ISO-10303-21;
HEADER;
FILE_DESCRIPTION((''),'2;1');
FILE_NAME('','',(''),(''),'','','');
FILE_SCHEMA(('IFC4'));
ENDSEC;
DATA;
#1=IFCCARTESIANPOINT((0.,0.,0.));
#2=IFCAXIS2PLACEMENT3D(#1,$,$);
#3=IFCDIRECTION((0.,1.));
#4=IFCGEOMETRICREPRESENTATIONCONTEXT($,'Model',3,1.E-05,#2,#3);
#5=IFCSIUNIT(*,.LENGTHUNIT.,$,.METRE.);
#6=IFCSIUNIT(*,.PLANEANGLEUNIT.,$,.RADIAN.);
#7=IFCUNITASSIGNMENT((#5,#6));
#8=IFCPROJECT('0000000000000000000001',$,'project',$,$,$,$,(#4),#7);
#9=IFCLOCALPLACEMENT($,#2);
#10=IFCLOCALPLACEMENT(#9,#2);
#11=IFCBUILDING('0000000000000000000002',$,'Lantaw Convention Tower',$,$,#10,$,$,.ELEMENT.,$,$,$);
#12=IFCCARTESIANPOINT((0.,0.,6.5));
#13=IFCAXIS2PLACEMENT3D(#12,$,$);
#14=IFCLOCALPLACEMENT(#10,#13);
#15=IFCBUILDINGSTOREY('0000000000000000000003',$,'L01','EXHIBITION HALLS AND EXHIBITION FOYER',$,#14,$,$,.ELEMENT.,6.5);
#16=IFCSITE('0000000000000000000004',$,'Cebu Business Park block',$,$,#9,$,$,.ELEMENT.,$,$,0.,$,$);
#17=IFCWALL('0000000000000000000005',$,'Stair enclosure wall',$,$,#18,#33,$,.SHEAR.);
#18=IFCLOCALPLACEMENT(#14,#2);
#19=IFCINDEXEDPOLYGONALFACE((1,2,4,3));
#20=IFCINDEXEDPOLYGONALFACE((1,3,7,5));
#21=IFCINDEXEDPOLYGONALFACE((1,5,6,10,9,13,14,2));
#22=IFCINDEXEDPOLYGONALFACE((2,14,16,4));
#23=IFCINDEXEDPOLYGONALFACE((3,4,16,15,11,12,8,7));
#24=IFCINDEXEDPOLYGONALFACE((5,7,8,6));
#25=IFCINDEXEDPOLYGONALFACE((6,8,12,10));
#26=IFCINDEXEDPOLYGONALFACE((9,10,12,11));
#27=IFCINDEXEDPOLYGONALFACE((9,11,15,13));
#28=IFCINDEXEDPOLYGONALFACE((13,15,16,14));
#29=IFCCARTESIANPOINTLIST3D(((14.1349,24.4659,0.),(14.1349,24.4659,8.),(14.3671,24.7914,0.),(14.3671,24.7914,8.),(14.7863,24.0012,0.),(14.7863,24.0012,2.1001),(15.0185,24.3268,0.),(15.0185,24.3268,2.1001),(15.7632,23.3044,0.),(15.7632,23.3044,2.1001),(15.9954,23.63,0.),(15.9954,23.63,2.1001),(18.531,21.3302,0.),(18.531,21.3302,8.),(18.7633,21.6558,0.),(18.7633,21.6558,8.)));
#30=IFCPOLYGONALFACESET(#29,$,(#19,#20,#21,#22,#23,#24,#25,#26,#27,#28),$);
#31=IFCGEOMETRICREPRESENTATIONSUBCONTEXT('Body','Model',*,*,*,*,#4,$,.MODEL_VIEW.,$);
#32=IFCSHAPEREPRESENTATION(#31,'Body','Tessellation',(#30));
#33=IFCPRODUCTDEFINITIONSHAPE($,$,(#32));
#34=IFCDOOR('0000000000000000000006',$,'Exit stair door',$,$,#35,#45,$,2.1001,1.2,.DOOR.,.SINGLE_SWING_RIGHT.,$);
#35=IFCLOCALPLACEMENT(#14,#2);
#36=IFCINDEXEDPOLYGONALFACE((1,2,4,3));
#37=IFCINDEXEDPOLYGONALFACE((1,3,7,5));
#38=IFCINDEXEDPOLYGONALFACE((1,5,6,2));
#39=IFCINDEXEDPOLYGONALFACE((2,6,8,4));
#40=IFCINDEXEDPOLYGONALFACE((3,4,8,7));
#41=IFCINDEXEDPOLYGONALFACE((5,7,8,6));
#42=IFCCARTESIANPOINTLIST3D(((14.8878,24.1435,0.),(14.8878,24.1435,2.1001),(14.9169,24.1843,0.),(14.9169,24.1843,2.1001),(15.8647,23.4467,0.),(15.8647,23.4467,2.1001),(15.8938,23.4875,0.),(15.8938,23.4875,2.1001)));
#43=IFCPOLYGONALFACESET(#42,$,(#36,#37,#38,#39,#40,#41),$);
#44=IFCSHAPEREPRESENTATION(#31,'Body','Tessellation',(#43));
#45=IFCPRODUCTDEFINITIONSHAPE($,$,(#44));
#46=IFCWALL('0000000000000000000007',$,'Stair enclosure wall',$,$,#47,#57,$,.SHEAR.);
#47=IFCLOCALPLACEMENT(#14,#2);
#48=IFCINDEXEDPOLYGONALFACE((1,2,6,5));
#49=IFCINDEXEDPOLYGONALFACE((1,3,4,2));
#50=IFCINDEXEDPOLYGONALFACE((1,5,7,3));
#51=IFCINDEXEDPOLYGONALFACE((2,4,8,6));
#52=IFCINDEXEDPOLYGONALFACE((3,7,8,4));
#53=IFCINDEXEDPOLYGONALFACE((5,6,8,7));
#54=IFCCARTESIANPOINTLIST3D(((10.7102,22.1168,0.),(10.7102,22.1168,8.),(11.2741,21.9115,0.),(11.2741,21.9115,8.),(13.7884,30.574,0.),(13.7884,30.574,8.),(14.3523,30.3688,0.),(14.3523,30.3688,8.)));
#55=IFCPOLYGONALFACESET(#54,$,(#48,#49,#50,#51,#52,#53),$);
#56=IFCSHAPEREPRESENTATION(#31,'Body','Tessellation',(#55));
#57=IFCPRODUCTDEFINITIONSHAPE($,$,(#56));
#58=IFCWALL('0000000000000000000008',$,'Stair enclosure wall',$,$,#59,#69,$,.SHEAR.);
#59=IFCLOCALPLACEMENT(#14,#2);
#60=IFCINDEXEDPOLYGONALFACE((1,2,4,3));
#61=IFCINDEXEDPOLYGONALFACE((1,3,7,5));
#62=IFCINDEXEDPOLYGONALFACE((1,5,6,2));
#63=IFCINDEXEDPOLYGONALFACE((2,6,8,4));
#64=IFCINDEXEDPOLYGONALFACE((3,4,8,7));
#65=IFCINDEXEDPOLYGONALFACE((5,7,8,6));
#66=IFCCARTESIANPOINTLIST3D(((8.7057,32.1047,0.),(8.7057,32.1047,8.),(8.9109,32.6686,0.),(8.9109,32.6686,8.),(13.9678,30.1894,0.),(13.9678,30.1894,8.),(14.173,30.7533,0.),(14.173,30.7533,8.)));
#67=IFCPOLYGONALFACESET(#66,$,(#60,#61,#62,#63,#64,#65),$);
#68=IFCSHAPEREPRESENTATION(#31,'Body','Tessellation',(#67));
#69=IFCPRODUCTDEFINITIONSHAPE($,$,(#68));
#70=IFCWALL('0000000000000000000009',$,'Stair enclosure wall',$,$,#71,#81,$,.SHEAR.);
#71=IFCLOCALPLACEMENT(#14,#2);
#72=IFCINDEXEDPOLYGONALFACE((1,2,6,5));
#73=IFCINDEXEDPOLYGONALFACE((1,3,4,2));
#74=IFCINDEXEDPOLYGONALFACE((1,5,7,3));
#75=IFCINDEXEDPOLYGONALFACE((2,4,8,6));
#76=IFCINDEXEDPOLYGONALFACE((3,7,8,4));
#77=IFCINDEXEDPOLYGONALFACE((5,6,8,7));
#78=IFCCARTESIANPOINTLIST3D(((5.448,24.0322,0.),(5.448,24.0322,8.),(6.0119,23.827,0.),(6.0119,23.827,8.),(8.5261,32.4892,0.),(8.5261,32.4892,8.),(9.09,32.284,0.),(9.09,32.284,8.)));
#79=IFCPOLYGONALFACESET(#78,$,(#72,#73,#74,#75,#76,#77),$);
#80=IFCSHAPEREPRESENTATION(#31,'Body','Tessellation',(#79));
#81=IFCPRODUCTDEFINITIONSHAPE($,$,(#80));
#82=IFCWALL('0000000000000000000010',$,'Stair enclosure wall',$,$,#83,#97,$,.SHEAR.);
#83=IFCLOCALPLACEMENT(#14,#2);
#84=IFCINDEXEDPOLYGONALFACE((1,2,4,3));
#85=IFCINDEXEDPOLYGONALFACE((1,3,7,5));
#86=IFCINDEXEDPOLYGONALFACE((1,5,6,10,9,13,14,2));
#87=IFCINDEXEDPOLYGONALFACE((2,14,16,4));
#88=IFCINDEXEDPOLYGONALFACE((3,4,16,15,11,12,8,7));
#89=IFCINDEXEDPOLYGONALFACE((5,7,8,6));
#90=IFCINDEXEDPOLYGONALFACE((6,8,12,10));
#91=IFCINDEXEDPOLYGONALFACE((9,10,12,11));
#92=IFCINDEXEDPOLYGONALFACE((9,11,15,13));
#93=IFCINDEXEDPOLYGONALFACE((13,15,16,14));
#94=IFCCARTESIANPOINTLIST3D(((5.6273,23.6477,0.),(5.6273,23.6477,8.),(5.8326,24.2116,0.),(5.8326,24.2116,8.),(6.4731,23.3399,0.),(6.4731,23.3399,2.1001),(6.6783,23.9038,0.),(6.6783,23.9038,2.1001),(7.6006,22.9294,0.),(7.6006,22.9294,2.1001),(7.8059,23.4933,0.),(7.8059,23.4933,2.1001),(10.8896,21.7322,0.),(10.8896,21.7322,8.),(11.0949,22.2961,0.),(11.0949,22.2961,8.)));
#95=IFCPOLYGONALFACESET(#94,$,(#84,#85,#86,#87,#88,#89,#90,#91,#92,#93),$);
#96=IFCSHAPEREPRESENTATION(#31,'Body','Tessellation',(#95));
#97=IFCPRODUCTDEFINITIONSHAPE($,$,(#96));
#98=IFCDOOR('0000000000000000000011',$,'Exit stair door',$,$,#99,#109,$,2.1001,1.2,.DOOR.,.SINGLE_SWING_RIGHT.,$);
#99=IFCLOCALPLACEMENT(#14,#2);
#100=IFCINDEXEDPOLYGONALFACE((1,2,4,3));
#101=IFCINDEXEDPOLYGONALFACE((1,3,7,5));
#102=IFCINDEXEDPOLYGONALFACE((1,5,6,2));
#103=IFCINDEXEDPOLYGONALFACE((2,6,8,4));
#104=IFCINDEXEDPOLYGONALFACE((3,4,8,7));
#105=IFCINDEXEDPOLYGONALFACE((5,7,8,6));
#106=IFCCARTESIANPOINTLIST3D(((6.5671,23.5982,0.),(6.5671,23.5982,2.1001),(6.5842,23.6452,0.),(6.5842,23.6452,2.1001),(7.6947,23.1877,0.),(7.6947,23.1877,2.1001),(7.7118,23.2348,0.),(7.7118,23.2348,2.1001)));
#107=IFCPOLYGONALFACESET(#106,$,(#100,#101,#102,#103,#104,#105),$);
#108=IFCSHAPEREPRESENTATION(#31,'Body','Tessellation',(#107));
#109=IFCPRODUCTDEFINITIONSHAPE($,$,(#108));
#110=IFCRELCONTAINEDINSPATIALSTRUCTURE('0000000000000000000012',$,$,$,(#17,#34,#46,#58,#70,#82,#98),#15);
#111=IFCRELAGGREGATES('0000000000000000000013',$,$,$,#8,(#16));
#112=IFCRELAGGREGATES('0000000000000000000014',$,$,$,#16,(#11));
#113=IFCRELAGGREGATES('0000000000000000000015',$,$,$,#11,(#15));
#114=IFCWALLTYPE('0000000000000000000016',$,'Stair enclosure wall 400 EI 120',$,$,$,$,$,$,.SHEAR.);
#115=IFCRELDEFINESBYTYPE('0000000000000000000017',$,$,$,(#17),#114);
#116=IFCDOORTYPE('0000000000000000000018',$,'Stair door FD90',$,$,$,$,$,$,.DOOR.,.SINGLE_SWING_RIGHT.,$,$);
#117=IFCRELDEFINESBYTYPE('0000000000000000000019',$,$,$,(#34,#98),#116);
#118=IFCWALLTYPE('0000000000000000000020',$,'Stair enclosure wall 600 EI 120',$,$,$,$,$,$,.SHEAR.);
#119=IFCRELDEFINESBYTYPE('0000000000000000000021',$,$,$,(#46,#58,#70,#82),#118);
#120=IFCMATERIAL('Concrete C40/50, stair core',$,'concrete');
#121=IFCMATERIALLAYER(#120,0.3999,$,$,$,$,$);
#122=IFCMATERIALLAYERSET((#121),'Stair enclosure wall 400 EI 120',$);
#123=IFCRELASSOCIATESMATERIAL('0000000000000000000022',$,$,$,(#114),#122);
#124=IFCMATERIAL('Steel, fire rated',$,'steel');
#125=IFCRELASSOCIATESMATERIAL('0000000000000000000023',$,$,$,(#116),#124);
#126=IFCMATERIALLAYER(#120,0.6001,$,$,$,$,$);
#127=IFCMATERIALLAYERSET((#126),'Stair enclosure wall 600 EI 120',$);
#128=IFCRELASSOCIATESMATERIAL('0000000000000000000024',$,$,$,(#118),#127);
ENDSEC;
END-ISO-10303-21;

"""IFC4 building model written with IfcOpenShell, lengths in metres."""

from ifc_helpers import new_model, si_unit, direction, frame, frame_2d, origin, place, context, subcontext, project, spatial, rectangle, extrude, material, layer, layer_set, type_object, element, fill, save


model = new_model("IFC4")

# Units and contexts
model_context = context("Model", 3, precision=1e-05, world=origin(), true_north=direction((0.0, 1.0)))
body_context = subcontext(model_context, "Body", "Model", "MODEL_VIEW")
ifc_project = project(units=[si_unit("LENGTHUNIT", "METRE"), si_unit("PLANEANGLEUNIT", "RADIAN")], contexts=[model_context])

# Site, building, storey
site_placement = place(None, origin())
site = spatial("IfcSite", under=ifc_project, at=site_placement, Name="Cebu Business Park block", CompositionType="ELEMENT", RefElevation=0.0)
building_placement = place(site_placement, origin())
building = spatial("IfcBuilding", under=site, at=building_placement, Name="Lantaw Convention Tower", CompositionType="ELEMENT")
storey_placement = place(building_placement, frame((0.0, 0.0, 6.5)))
storey = spatial("IfcBuildingStorey", under=building, at=storey_placement, Name="L01", Description="EXHIBITION HALLS AND EXHIBITION FOYER", CompositionType="ELEMENT", Elevation=6.5)

# Wall, opening, door
ifc_material_1 = material(Name="Concrete C40/50, stair core", Category="concrete")
ifc_layer_1 = layer(ifc_material_1, 0.3999)
ifc_layer_set_1 = layer_set([ifc_layer_1], Name="Stair enclosure wall 400 EI 120")
wall_type_1 = type_object("IfcWallType", Name="Stair enclosure wall 400 EI 120", PredefinedType="SHEAR", material=ifc_layer_set_1)
wall_1_placement = place(storey_placement, frame((14.251, 24.6287, 0.0), z_axis=(0.0, 0.0, 1.0), x_axis=(0.814121, -0.580695, 0.0)))
wall_1 = element("IfcWall", 1, at=wall_1_placement, inside=storey, type_object=wall_type_1, Name="Stair enclosure wall", PredefinedType="SHEAR", context=body_context, shape_type="SweptSolid", body=[
    extrude(rectangle(XDim=5.3999, YDim=0.3999, at=frame_2d((2.7, 0.0))), origin(), (0.0, 0.0, 1.0), 8.0),
])
opening_1_placement = place(wall_1_placement, frame((0.8, 0.0, 0.0)))
opening_1 = element("IfcOpeningElement", 2, at=opening_1_placement, cuts=wall_1, PredefinedType="OPENING", context=body_context, shape_type="SweptSolid", body=[
    extrude(rectangle(XDim=1.2, YDim=2.1001, at=frame_2d((0.6001, 1.05))), frame((0.0, 0.21, 0.0), z_axis=(0.0, -1.0, 0.0), x_axis=(1.0, 0.0, 0.0)), (0.0, 0.0, 1.0), 0.4199),
])
ifc_material_2 = material(Name="Steel, fire rated", Category="steel")
door_type_1 = type_object("IfcDoorType", Name="Stair door FD90", OperationType="SINGLE_SWING_RIGHT", PredefinedType="DOOR", material=ifc_material_2)
door_1_placement = place(opening_1_placement, origin())
door_1 = element("IfcDoor", 3, at=door_1_placement, inside=storey, type_object=door_type_1, Name="Exit stair door", OperationType="SINGLE_SWING_RIGHT", OverallHeight=2.1001, OverallWidth=1.2, PredefinedType="DOOR", context=body_context, shape_type="SweptSolid", body=[
    extrude(rectangle(XDim=1.2, YDim=2.1001, at=frame_2d((0.6001, 1.05))), frame((0.0, 0.0249, 0.0), z_axis=(0.0, -1.0, 0.0), x_axis=(1.0, 0.0, 0.0)), (0.0, 0.0, 1.0), 0.05),
])
fill(opening_1, door_1)

# Walls
ifc_layer_2 = layer(ifc_material_1, 0.6001)
ifc_layer_set_2 = layer_set([ifc_layer_2], Name="Stair enclosure wall 600 EI 120")
wall_type_2 = type_object("IfcWallType", Name="Stair enclosure wall 600 EI 120", PredefinedType="SHEAR", material=ifc_layer_set_2)
wall_2_placement = place(storey_placement, frame((10.9922, 22.0142, 0.0), z_axis=(0.0, 0.0, 1.0), x_axis=(0.342013, 0.939695, 0.0)))
element("IfcWall", 4, at=wall_2_placement, inside=storey, type_object=wall_type_2, Name="Stair enclosure wall", PredefinedType="SHEAR", context=body_context, shape_type="SweptSolid", body=[
    extrude(rectangle(XDim=9.0, YDim=0.6001, at=frame_2d((4.5, 0.0))), origin(), (0.0, 0.0, 1.0), 8.0),
])
wall_3_placement = place(storey_placement, frame((14.0703, 30.4714, 0.0), z_axis=(0.0, 0.0, 1.0), x_axis=(-0.939693, 0.34202, 0.0)))
element("IfcWall", 5, at=wall_3_placement, inside=storey, type_object=wall_type_2, Name="Stair enclosure wall", PredefinedType="SHEAR", context=body_context, shape_type="SweptSolid", body=[
    extrude(rectangle(XDim=5.5999, YDim=0.6001, at=frame_2d((2.7998, 0.0))), origin(), (0.0, 0.0, 1.0), 8.0),
])
wall_4_placement = place(storey_placement, frame((8.8081, 32.3867, 0.0), z_axis=(0.0, 0.0, 1.0), x_axis=(-0.342022, -0.939692, 0.0)))
element("IfcWall", 6, at=wall_4_placement, inside=storey, type_object=wall_type_2, Name="Stair enclosure wall", PredefinedType="SHEAR", context=body_context, shape_type="SweptSolid", body=[
    extrude(rectangle(XDim=8.9998, YDim=0.6001, at=frame_2d((4.5, 0.0))), origin(), (0.0, 0.0, 1.0), 8.0),
])

# Wall, opening, door
wall_5_placement = place(storey_placement, frame((5.73, 23.9297, 0.0), z_axis=(0.0, 0.0, 1.0), x_axis=(0.939679, -0.342058, 0.0)))
wall_5 = element("IfcWall", 7, at=wall_5_placement, inside=storey, type_object=wall_type_2, Name="Stair enclosure wall", PredefinedType="SHEAR", context=body_context, shape_type="SweptSolid", body=[
    extrude(rectangle(XDim=5.6001, YDim=0.6001, at=frame_2d((2.8, 0.0))), origin(), (0.0, 0.0, 1.0), 8.0),
])
opening_2_placement = place(wall_5_placement, frame((0.8999, 0.0, 0.0)))
opening_2 = element("IfcOpeningElement", 8, at=opening_2_placement, cuts=wall_5, PredefinedType="OPENING", context=body_context, shape_type="SweptSolid", body=[
    extrude(rectangle(XDim=1.2, YDim=2.1001, at=frame_2d((0.6001, 1.05))), frame((0.0, 0.3101, 0.0), z_axis=(0.0, -1.0, 0.0), x_axis=(1.0, 0.0, 0.0)), (0.0, 0.0, 1.0), 0.6201),
])
door_2_placement = place(opening_2_placement, origin())
door_2 = element("IfcDoor", 9, at=door_2_placement, inside=storey, type_object=door_type_1, Name="Exit stair door", OperationType="SINGLE_SWING_RIGHT", OverallHeight=2.1001, OverallWidth=1.2, PredefinedType="DOOR", context=body_context, shape_type="SweptSolid", body=[
    extrude(rectangle(XDim=1.2, YDim=2.1001, at=frame_2d((0.6001, 1.05))), frame((0.0, 0.0249, 0.0), z_axis=(0.0, -1.0, 0.0), x_axis=(1.0, 0.0, 0.0)), (0.0, 0.0, 1.0), 0.05),
])
fill(opening_2, door_2)

save(model, "model.ifc")
